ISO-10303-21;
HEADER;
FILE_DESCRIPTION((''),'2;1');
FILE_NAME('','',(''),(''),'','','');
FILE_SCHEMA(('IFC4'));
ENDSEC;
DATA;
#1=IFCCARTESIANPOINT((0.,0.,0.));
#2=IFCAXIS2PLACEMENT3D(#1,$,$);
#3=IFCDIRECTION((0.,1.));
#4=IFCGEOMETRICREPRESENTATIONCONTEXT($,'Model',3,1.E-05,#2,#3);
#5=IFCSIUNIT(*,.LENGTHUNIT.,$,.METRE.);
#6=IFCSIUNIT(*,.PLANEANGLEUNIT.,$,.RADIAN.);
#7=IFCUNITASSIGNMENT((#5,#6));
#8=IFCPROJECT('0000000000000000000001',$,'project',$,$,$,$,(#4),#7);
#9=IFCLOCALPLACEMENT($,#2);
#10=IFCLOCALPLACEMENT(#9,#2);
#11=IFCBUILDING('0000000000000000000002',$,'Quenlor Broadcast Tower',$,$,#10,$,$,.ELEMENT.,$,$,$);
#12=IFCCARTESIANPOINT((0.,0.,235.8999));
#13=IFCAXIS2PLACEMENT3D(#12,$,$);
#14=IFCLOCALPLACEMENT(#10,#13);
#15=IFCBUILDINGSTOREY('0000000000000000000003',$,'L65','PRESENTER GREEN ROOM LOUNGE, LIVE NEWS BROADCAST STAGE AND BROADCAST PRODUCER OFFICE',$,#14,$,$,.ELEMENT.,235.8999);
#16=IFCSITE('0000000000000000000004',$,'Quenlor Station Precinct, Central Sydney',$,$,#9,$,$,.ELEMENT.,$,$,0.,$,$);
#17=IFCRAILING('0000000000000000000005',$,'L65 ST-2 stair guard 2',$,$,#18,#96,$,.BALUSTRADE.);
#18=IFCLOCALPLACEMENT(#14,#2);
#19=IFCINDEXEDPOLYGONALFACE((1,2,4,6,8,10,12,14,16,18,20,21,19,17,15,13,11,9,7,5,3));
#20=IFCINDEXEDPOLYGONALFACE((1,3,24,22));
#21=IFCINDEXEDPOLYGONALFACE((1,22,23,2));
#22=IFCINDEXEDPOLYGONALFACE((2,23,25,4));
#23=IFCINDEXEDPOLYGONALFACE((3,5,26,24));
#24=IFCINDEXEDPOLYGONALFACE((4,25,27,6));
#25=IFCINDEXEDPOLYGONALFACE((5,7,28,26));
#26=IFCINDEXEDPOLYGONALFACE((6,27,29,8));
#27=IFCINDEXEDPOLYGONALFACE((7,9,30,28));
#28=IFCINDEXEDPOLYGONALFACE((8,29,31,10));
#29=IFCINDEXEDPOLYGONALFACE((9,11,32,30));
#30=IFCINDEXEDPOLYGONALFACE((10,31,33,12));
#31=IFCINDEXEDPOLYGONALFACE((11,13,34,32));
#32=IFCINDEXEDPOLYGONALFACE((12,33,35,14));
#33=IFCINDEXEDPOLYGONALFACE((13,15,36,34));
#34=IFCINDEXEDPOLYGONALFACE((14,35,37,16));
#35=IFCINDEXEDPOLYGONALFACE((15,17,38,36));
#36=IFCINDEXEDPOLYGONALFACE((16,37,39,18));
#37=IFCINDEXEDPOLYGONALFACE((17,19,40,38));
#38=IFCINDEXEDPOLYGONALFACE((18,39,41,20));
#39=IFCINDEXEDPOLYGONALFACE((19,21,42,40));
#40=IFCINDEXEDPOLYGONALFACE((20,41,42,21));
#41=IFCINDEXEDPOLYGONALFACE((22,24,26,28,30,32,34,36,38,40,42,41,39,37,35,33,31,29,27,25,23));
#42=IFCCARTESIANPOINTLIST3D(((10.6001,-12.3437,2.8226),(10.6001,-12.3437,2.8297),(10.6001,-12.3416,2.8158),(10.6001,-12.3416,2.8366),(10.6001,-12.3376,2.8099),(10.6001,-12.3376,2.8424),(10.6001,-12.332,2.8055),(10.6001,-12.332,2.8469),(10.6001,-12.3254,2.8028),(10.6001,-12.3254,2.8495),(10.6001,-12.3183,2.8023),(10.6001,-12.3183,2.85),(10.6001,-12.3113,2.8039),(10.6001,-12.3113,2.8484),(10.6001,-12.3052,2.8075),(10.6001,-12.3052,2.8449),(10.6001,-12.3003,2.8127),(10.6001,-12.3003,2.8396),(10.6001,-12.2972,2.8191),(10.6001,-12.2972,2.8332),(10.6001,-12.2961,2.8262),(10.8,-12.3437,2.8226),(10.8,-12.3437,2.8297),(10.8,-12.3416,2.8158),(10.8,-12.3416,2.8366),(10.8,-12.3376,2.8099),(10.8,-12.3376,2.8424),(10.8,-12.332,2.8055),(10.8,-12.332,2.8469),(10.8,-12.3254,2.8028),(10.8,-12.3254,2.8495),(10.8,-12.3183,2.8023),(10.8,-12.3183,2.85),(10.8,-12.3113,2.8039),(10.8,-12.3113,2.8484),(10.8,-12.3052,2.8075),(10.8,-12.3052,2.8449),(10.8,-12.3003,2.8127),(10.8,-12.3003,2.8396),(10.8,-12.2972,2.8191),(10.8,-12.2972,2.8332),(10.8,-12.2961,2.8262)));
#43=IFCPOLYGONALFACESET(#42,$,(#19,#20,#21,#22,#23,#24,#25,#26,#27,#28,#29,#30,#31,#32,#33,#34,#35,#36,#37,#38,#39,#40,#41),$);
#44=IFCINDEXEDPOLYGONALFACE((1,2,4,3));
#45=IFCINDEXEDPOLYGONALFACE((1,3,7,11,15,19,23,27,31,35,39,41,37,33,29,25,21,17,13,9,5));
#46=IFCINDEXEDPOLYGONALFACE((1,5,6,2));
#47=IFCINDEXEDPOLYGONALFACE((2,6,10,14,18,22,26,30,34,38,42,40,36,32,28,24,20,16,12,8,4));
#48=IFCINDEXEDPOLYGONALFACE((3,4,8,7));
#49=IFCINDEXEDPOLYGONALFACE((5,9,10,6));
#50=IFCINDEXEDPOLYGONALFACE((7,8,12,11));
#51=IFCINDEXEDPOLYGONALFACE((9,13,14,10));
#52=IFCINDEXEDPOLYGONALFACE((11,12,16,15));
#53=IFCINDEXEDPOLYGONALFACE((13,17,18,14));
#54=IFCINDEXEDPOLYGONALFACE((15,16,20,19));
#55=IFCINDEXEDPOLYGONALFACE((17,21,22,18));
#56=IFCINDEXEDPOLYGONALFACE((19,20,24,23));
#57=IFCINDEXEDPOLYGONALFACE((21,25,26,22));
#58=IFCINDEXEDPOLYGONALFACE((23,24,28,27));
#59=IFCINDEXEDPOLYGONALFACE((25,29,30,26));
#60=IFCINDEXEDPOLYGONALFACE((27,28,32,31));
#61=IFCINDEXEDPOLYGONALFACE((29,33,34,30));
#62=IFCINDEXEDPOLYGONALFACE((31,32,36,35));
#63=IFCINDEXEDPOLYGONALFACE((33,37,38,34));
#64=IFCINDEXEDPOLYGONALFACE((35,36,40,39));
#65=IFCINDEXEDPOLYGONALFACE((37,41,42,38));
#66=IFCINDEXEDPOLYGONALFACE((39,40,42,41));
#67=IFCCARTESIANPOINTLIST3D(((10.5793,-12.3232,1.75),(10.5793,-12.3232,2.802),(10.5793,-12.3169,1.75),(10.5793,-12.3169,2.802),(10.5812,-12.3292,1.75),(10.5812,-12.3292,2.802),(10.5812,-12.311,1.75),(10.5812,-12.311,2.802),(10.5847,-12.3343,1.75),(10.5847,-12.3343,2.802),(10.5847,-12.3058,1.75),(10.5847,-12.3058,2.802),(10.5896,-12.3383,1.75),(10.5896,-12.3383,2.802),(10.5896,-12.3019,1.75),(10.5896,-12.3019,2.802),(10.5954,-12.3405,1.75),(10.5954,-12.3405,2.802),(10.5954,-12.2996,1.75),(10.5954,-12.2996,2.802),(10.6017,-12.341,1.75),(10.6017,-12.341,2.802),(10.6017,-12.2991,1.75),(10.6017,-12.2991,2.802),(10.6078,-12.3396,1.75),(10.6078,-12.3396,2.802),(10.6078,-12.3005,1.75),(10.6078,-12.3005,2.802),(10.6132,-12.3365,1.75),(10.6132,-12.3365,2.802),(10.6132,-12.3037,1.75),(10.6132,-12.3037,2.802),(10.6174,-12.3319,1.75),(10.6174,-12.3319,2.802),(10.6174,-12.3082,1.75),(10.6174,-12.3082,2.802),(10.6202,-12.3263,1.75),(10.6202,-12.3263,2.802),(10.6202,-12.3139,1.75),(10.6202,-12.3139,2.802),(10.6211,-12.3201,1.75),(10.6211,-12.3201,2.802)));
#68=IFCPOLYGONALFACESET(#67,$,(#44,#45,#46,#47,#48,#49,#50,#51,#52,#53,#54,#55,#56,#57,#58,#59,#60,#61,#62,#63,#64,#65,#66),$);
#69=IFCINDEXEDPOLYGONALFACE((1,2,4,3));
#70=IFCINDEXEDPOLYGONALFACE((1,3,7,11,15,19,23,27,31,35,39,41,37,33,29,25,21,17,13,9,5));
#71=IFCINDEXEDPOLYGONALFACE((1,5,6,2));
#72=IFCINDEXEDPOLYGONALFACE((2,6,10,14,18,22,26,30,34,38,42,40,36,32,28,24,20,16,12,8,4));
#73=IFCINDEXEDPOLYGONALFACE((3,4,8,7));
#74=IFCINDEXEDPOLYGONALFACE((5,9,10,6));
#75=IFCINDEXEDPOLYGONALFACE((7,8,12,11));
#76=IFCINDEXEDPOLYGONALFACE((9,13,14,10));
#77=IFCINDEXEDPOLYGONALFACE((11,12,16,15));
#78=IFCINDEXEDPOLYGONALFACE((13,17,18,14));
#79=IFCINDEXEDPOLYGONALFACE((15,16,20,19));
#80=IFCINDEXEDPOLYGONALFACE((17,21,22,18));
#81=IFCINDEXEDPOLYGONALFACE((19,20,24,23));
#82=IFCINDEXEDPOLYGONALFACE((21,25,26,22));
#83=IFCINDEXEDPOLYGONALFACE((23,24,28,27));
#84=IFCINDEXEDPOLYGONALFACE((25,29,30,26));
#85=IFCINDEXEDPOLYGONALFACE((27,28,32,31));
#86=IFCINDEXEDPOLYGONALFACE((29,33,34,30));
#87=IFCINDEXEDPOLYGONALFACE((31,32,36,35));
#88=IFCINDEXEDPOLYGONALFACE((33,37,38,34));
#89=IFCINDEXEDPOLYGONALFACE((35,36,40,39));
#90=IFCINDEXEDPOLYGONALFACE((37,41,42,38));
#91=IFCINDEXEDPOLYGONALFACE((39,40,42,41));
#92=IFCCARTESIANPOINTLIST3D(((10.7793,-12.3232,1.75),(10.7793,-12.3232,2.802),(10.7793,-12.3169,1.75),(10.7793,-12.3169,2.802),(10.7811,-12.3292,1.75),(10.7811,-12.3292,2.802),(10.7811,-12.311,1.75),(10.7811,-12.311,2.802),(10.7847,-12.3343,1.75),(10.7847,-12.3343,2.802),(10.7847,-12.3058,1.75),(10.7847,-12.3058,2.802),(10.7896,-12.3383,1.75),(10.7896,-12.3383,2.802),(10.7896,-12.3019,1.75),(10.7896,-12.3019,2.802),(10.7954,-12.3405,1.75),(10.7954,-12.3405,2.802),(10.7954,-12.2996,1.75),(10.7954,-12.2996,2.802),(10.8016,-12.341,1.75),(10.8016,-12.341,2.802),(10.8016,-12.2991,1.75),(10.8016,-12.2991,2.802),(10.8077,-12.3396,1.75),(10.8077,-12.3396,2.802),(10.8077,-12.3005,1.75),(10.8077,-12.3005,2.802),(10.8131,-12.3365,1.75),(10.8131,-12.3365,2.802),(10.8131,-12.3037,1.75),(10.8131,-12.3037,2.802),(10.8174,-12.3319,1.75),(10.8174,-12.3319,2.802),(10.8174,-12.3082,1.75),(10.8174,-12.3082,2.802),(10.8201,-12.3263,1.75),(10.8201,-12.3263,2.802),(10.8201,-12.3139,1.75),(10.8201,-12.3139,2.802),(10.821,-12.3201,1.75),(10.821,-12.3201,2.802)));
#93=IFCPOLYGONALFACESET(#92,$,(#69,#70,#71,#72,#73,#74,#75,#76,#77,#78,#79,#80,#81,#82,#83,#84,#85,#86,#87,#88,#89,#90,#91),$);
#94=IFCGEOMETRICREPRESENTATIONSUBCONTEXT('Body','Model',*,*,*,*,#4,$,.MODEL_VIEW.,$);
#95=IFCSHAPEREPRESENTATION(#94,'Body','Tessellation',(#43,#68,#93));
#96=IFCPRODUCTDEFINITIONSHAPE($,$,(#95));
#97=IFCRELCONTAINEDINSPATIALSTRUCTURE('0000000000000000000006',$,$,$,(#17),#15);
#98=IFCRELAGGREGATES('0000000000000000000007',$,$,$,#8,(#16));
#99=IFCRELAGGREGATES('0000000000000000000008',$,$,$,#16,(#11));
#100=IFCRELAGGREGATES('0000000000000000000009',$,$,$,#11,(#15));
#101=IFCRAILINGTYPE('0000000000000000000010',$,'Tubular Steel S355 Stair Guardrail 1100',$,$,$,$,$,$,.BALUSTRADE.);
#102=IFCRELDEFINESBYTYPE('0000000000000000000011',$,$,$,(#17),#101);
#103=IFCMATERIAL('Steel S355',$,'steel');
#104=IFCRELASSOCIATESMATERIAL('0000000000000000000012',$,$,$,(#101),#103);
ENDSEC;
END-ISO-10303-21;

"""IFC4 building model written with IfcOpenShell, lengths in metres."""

from ifc_helpers import new_model, si_unit, direction, frame, origin, origin_2d, place, context, subcontext, project, spatial, circle, extrude, material, type_object, element, save


model = new_model("IFC4")

# Units and contexts
model_context = context("Model", 3, precision=1e-05, world=origin(), true_north=direction((0.0, 1.0)))
body_context = subcontext(model_context, "Body", "Model", "MODEL_VIEW")
ifc_project = project(units=[si_unit("LENGTHUNIT", "METRE"), si_unit("PLANEANGLEUNIT", "RADIAN")], contexts=[model_context])

# Site, building, storey
site_placement = place(None, origin())
site = spatial("IfcSite", under=ifc_project, at=site_placement, Name="Quenlor Station Precinct, Central Sydney", CompositionType="ELEMENT", RefElevation=0.0)
building_placement = place(site_placement, origin())
building = spatial("IfcBuilding", under=site, at=building_placement, Name="Quenlor Broadcast Tower", CompositionType="ELEMENT")
storey_placement = place(building_placement, frame((0.0, 0.0, 235.8999)))
storey = spatial("IfcBuildingStorey", under=building, at=storey_placement, Name="L65", Description="PRESENTER GREEN ROOM LOUNGE, LIVE NEWS BROADCAST STAGE AND BROADCAST PRODUCER OFFICE", CompositionType="ELEMENT", Elevation=235.8999)

# Railing
ifc_material_1 = material(Name="Steel S355", Category="steel")
railing_type_1 = type_object("IfcRailingType", Name="Tubular Steel S355 Stair Guardrail 1100", PredefinedType="BALUSTRADE", material=ifc_material_1)
railing_1_placement = place(storey_placement, frame((10.6001, -12.3201, 1.75)))
element("IfcRailing", 1, at=railing_1_placement, inside=storey, type_object=railing_type_1, Name="L65 ST-2 stair guard 2", PredefinedType="BALUSTRADE", context=body_context, shape_type="SweptSolid", body=[
    extrude(circle(Radius=0.0239, at=origin_2d()), frame((0.0, 0.0, 1.0762), z_axis=(1.0, 0.0, 0.0), x_axis=(0.0, 1.0, 0.0)), (0.0, 0.0, 1.0), 0.2),
    extrude(circle(Radius=0.021, at=origin_2d()), origin(), (0.0, 0.0, 1.0), 1.052),
    extrude(circle(Radius=0.021, at=origin_2d()), frame((0.2, 0.0, 0.0)), (0.0, 0.0, 1.0), 1.052),
])

save(model, "model.ifc")
